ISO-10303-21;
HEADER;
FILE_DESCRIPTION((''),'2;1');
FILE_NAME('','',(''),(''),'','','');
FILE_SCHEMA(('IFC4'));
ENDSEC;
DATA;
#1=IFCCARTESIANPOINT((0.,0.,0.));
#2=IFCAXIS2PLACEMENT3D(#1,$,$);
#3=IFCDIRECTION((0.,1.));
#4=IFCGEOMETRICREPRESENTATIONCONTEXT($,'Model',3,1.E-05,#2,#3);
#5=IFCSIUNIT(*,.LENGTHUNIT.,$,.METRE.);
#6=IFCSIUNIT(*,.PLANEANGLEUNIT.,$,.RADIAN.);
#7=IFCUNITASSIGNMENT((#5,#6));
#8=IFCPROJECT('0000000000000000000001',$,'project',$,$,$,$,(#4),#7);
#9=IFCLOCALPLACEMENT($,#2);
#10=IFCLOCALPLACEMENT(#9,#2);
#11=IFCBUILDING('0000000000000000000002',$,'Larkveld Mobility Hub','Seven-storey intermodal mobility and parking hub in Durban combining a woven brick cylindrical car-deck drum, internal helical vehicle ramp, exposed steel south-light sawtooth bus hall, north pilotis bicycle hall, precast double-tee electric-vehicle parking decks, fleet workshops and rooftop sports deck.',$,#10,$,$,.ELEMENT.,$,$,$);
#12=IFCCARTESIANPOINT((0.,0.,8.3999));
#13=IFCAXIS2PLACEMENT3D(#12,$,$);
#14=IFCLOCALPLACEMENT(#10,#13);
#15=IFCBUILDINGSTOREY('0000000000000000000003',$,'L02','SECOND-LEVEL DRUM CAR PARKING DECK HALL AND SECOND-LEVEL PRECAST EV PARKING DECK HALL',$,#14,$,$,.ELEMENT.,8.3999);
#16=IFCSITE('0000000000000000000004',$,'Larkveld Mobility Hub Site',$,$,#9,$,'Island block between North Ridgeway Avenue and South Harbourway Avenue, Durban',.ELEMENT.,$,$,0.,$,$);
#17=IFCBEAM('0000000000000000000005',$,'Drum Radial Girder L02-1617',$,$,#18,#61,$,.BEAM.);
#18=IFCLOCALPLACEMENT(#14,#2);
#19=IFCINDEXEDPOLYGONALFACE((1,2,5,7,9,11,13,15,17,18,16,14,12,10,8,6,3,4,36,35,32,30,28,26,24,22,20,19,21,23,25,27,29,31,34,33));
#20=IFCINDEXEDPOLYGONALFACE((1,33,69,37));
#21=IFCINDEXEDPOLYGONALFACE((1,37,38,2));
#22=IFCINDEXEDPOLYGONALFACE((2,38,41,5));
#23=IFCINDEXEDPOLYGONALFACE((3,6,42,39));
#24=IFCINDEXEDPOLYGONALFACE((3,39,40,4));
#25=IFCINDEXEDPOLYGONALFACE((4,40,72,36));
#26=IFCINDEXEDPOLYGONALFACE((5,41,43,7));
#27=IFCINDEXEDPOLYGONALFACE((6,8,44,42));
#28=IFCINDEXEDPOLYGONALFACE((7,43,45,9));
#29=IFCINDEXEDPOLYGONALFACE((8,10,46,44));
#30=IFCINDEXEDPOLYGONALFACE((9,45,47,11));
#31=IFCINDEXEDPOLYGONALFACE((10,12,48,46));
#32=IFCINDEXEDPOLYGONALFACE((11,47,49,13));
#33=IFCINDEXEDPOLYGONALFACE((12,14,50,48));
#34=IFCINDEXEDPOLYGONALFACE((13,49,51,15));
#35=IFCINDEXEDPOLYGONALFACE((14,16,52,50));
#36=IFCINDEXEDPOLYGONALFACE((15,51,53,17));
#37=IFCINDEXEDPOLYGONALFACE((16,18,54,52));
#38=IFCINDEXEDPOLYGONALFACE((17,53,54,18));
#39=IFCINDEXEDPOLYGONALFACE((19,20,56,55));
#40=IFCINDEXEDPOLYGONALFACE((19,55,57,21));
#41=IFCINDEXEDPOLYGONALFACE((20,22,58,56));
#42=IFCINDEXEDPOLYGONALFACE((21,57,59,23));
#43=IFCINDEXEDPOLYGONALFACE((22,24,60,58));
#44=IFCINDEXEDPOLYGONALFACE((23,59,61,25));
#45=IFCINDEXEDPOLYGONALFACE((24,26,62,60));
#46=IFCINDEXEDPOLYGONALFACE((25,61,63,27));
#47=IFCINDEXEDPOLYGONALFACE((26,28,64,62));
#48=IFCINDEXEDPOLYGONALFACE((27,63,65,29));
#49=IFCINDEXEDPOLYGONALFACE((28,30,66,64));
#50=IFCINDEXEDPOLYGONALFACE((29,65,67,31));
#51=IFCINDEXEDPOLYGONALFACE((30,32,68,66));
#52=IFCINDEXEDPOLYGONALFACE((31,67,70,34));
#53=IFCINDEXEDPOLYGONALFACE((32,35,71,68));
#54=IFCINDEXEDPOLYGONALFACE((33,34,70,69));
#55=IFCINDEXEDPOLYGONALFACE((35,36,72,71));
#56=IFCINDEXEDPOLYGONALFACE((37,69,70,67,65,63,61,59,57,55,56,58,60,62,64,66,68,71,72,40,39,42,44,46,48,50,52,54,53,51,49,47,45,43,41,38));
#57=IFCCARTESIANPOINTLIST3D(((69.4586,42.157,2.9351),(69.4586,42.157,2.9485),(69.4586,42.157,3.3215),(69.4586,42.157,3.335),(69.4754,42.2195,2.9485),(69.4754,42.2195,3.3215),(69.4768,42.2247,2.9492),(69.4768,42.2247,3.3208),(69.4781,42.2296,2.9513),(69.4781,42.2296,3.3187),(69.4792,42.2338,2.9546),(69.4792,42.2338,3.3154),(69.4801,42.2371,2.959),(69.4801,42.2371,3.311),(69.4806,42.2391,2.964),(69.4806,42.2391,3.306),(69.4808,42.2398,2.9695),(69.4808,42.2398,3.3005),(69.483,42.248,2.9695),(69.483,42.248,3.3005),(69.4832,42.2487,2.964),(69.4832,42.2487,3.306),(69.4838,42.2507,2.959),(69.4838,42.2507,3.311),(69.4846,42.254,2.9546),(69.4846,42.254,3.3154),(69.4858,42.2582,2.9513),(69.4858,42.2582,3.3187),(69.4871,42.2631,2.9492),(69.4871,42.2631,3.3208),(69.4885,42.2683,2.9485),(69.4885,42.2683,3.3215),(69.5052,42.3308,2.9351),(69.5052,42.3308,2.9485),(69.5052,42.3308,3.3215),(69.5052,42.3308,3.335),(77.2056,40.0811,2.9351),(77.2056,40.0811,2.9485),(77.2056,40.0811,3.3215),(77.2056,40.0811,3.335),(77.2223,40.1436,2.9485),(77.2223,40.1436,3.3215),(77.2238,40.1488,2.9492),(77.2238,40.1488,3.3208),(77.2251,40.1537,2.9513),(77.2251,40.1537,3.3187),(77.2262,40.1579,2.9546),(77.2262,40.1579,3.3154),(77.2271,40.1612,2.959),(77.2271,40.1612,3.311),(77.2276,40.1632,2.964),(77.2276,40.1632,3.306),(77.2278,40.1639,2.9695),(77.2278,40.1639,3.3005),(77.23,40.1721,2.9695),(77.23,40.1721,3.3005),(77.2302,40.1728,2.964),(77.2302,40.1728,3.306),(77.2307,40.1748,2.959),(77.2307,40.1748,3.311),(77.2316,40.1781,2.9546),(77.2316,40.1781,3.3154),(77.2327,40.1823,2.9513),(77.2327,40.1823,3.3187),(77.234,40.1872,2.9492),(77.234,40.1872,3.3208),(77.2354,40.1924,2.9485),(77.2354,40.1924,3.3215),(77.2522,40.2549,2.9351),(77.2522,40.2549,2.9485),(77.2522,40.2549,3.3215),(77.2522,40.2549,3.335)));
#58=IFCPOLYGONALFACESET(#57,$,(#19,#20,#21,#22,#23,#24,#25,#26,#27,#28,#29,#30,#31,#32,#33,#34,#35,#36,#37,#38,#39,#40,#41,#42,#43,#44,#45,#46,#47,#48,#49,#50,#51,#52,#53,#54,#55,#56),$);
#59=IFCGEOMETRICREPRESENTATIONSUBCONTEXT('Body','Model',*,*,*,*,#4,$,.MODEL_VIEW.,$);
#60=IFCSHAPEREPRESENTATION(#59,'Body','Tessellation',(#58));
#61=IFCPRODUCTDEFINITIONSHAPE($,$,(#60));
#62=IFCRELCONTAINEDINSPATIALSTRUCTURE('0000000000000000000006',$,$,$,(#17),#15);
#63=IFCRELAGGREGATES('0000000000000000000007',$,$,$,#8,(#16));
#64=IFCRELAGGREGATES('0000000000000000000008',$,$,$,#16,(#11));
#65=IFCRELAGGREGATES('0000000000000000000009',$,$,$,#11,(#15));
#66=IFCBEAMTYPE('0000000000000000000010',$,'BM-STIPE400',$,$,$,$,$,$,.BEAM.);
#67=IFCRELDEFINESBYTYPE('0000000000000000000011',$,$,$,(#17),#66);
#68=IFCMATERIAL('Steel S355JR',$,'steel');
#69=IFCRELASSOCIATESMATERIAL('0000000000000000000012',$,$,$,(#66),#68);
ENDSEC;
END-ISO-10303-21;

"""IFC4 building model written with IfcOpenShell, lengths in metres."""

from ifc_helpers import new_model, si_unit, direction, frame, origin, origin_2d, place, context, subcontext, project, spatial, i_section, extrude, material, material_profile, profile_set, type_object, element, save


model = new_model("IFC4")

# Units and contexts
model_context = context("Model", 3, precision=1e-05, world=origin(), true_north=direction((0.0, 1.0)))
body_context = subcontext(model_context, "Body", "Model", "MODEL_VIEW")
ifc_project = project(units=[si_unit("LENGTHUNIT", "METRE"), si_unit("PLANEANGLEUNIT", "RADIAN")], contexts=[model_context])

# Site, building, storey
site_placement = place(None, origin())
site = spatial("IfcSite", under=ifc_project, at=site_placement, Name="Larkveld Mobility Hub Site", LongName="Island block between North Ridgeway Avenue and South Harbourway Avenue, Durban", CompositionType="ELEMENT", RefElevation=0.0)
building_placement = place(site_placement, origin())
building = spatial("IfcBuilding", under=site, at=building_placement, Name="Larkveld Mobility Hub", Description="Seven-storey intermodal mobility and parking hub in Durban combining a woven brick cylindrical car-deck drum, internal helical vehicle ramp, exposed steel south-light sawtooth bus hall, north pilotis bicycle hall, precast double-tee electric-vehicle parking decks, fleet workshops and rooftop sports deck.", CompositionType="ELEMENT")
storey_placement = place(building_placement, frame((0.0, 0.0, 8.3999)))
storey = spatial("IfcBuildingStorey", under=building, at=storey_placement, Name="L02", Description="SECOND-LEVEL DRUM CAR PARKING DECK HALL AND SECOND-LEVEL PRECAST EV PARKING DECK HALL", CompositionType="ELEMENT", Elevation=8.3999)

# Beam
ifc_material_1 = material(Name="Steel S355JR", Category="steel")
ifc_material_profile_1 = material_profile(ifc_material_1, i_section(OverallWidth=0.1799, OverallDepth=0.3999, WebThickness=0.0085, FlangeThickness=0.0134, FilletRadius=0.021, at=origin_2d()), Name="IPE 400")
ifc_profile_set_1 = profile_set([ifc_material_profile_1], Name="Steel S355JR")
beam_type_1 = type_object("IfcBeamType", Name="BM-STIPE400", PredefinedType="BEAM", material=ifc_profile_set_1)
beam_1_placement = place(storey_placement, frame((69.4819, 42.2439, 3.135), z_axis=(0.965923, -0.258831, 0.0), x_axis=(0.258831, 0.965923, 0.0)))
element("IfcBeam", 1, at=beam_1_placement, inside=storey, type_object=beam_type_1, Name="Drum Radial Girder L02-1617", PredefinedType="BEAM", context=body_context, shape_type="SweptSolid", body=[
    extrude(i_section(OverallWidth=0.1799, OverallDepth=0.3999, WebThickness=0.0085, FlangeThickness=0.0134, FilletRadius=0.021, at=origin_2d()), origin(), (0.0, 0.0, 1.0), 8.0203),
])

save(model, "model.ifc")
